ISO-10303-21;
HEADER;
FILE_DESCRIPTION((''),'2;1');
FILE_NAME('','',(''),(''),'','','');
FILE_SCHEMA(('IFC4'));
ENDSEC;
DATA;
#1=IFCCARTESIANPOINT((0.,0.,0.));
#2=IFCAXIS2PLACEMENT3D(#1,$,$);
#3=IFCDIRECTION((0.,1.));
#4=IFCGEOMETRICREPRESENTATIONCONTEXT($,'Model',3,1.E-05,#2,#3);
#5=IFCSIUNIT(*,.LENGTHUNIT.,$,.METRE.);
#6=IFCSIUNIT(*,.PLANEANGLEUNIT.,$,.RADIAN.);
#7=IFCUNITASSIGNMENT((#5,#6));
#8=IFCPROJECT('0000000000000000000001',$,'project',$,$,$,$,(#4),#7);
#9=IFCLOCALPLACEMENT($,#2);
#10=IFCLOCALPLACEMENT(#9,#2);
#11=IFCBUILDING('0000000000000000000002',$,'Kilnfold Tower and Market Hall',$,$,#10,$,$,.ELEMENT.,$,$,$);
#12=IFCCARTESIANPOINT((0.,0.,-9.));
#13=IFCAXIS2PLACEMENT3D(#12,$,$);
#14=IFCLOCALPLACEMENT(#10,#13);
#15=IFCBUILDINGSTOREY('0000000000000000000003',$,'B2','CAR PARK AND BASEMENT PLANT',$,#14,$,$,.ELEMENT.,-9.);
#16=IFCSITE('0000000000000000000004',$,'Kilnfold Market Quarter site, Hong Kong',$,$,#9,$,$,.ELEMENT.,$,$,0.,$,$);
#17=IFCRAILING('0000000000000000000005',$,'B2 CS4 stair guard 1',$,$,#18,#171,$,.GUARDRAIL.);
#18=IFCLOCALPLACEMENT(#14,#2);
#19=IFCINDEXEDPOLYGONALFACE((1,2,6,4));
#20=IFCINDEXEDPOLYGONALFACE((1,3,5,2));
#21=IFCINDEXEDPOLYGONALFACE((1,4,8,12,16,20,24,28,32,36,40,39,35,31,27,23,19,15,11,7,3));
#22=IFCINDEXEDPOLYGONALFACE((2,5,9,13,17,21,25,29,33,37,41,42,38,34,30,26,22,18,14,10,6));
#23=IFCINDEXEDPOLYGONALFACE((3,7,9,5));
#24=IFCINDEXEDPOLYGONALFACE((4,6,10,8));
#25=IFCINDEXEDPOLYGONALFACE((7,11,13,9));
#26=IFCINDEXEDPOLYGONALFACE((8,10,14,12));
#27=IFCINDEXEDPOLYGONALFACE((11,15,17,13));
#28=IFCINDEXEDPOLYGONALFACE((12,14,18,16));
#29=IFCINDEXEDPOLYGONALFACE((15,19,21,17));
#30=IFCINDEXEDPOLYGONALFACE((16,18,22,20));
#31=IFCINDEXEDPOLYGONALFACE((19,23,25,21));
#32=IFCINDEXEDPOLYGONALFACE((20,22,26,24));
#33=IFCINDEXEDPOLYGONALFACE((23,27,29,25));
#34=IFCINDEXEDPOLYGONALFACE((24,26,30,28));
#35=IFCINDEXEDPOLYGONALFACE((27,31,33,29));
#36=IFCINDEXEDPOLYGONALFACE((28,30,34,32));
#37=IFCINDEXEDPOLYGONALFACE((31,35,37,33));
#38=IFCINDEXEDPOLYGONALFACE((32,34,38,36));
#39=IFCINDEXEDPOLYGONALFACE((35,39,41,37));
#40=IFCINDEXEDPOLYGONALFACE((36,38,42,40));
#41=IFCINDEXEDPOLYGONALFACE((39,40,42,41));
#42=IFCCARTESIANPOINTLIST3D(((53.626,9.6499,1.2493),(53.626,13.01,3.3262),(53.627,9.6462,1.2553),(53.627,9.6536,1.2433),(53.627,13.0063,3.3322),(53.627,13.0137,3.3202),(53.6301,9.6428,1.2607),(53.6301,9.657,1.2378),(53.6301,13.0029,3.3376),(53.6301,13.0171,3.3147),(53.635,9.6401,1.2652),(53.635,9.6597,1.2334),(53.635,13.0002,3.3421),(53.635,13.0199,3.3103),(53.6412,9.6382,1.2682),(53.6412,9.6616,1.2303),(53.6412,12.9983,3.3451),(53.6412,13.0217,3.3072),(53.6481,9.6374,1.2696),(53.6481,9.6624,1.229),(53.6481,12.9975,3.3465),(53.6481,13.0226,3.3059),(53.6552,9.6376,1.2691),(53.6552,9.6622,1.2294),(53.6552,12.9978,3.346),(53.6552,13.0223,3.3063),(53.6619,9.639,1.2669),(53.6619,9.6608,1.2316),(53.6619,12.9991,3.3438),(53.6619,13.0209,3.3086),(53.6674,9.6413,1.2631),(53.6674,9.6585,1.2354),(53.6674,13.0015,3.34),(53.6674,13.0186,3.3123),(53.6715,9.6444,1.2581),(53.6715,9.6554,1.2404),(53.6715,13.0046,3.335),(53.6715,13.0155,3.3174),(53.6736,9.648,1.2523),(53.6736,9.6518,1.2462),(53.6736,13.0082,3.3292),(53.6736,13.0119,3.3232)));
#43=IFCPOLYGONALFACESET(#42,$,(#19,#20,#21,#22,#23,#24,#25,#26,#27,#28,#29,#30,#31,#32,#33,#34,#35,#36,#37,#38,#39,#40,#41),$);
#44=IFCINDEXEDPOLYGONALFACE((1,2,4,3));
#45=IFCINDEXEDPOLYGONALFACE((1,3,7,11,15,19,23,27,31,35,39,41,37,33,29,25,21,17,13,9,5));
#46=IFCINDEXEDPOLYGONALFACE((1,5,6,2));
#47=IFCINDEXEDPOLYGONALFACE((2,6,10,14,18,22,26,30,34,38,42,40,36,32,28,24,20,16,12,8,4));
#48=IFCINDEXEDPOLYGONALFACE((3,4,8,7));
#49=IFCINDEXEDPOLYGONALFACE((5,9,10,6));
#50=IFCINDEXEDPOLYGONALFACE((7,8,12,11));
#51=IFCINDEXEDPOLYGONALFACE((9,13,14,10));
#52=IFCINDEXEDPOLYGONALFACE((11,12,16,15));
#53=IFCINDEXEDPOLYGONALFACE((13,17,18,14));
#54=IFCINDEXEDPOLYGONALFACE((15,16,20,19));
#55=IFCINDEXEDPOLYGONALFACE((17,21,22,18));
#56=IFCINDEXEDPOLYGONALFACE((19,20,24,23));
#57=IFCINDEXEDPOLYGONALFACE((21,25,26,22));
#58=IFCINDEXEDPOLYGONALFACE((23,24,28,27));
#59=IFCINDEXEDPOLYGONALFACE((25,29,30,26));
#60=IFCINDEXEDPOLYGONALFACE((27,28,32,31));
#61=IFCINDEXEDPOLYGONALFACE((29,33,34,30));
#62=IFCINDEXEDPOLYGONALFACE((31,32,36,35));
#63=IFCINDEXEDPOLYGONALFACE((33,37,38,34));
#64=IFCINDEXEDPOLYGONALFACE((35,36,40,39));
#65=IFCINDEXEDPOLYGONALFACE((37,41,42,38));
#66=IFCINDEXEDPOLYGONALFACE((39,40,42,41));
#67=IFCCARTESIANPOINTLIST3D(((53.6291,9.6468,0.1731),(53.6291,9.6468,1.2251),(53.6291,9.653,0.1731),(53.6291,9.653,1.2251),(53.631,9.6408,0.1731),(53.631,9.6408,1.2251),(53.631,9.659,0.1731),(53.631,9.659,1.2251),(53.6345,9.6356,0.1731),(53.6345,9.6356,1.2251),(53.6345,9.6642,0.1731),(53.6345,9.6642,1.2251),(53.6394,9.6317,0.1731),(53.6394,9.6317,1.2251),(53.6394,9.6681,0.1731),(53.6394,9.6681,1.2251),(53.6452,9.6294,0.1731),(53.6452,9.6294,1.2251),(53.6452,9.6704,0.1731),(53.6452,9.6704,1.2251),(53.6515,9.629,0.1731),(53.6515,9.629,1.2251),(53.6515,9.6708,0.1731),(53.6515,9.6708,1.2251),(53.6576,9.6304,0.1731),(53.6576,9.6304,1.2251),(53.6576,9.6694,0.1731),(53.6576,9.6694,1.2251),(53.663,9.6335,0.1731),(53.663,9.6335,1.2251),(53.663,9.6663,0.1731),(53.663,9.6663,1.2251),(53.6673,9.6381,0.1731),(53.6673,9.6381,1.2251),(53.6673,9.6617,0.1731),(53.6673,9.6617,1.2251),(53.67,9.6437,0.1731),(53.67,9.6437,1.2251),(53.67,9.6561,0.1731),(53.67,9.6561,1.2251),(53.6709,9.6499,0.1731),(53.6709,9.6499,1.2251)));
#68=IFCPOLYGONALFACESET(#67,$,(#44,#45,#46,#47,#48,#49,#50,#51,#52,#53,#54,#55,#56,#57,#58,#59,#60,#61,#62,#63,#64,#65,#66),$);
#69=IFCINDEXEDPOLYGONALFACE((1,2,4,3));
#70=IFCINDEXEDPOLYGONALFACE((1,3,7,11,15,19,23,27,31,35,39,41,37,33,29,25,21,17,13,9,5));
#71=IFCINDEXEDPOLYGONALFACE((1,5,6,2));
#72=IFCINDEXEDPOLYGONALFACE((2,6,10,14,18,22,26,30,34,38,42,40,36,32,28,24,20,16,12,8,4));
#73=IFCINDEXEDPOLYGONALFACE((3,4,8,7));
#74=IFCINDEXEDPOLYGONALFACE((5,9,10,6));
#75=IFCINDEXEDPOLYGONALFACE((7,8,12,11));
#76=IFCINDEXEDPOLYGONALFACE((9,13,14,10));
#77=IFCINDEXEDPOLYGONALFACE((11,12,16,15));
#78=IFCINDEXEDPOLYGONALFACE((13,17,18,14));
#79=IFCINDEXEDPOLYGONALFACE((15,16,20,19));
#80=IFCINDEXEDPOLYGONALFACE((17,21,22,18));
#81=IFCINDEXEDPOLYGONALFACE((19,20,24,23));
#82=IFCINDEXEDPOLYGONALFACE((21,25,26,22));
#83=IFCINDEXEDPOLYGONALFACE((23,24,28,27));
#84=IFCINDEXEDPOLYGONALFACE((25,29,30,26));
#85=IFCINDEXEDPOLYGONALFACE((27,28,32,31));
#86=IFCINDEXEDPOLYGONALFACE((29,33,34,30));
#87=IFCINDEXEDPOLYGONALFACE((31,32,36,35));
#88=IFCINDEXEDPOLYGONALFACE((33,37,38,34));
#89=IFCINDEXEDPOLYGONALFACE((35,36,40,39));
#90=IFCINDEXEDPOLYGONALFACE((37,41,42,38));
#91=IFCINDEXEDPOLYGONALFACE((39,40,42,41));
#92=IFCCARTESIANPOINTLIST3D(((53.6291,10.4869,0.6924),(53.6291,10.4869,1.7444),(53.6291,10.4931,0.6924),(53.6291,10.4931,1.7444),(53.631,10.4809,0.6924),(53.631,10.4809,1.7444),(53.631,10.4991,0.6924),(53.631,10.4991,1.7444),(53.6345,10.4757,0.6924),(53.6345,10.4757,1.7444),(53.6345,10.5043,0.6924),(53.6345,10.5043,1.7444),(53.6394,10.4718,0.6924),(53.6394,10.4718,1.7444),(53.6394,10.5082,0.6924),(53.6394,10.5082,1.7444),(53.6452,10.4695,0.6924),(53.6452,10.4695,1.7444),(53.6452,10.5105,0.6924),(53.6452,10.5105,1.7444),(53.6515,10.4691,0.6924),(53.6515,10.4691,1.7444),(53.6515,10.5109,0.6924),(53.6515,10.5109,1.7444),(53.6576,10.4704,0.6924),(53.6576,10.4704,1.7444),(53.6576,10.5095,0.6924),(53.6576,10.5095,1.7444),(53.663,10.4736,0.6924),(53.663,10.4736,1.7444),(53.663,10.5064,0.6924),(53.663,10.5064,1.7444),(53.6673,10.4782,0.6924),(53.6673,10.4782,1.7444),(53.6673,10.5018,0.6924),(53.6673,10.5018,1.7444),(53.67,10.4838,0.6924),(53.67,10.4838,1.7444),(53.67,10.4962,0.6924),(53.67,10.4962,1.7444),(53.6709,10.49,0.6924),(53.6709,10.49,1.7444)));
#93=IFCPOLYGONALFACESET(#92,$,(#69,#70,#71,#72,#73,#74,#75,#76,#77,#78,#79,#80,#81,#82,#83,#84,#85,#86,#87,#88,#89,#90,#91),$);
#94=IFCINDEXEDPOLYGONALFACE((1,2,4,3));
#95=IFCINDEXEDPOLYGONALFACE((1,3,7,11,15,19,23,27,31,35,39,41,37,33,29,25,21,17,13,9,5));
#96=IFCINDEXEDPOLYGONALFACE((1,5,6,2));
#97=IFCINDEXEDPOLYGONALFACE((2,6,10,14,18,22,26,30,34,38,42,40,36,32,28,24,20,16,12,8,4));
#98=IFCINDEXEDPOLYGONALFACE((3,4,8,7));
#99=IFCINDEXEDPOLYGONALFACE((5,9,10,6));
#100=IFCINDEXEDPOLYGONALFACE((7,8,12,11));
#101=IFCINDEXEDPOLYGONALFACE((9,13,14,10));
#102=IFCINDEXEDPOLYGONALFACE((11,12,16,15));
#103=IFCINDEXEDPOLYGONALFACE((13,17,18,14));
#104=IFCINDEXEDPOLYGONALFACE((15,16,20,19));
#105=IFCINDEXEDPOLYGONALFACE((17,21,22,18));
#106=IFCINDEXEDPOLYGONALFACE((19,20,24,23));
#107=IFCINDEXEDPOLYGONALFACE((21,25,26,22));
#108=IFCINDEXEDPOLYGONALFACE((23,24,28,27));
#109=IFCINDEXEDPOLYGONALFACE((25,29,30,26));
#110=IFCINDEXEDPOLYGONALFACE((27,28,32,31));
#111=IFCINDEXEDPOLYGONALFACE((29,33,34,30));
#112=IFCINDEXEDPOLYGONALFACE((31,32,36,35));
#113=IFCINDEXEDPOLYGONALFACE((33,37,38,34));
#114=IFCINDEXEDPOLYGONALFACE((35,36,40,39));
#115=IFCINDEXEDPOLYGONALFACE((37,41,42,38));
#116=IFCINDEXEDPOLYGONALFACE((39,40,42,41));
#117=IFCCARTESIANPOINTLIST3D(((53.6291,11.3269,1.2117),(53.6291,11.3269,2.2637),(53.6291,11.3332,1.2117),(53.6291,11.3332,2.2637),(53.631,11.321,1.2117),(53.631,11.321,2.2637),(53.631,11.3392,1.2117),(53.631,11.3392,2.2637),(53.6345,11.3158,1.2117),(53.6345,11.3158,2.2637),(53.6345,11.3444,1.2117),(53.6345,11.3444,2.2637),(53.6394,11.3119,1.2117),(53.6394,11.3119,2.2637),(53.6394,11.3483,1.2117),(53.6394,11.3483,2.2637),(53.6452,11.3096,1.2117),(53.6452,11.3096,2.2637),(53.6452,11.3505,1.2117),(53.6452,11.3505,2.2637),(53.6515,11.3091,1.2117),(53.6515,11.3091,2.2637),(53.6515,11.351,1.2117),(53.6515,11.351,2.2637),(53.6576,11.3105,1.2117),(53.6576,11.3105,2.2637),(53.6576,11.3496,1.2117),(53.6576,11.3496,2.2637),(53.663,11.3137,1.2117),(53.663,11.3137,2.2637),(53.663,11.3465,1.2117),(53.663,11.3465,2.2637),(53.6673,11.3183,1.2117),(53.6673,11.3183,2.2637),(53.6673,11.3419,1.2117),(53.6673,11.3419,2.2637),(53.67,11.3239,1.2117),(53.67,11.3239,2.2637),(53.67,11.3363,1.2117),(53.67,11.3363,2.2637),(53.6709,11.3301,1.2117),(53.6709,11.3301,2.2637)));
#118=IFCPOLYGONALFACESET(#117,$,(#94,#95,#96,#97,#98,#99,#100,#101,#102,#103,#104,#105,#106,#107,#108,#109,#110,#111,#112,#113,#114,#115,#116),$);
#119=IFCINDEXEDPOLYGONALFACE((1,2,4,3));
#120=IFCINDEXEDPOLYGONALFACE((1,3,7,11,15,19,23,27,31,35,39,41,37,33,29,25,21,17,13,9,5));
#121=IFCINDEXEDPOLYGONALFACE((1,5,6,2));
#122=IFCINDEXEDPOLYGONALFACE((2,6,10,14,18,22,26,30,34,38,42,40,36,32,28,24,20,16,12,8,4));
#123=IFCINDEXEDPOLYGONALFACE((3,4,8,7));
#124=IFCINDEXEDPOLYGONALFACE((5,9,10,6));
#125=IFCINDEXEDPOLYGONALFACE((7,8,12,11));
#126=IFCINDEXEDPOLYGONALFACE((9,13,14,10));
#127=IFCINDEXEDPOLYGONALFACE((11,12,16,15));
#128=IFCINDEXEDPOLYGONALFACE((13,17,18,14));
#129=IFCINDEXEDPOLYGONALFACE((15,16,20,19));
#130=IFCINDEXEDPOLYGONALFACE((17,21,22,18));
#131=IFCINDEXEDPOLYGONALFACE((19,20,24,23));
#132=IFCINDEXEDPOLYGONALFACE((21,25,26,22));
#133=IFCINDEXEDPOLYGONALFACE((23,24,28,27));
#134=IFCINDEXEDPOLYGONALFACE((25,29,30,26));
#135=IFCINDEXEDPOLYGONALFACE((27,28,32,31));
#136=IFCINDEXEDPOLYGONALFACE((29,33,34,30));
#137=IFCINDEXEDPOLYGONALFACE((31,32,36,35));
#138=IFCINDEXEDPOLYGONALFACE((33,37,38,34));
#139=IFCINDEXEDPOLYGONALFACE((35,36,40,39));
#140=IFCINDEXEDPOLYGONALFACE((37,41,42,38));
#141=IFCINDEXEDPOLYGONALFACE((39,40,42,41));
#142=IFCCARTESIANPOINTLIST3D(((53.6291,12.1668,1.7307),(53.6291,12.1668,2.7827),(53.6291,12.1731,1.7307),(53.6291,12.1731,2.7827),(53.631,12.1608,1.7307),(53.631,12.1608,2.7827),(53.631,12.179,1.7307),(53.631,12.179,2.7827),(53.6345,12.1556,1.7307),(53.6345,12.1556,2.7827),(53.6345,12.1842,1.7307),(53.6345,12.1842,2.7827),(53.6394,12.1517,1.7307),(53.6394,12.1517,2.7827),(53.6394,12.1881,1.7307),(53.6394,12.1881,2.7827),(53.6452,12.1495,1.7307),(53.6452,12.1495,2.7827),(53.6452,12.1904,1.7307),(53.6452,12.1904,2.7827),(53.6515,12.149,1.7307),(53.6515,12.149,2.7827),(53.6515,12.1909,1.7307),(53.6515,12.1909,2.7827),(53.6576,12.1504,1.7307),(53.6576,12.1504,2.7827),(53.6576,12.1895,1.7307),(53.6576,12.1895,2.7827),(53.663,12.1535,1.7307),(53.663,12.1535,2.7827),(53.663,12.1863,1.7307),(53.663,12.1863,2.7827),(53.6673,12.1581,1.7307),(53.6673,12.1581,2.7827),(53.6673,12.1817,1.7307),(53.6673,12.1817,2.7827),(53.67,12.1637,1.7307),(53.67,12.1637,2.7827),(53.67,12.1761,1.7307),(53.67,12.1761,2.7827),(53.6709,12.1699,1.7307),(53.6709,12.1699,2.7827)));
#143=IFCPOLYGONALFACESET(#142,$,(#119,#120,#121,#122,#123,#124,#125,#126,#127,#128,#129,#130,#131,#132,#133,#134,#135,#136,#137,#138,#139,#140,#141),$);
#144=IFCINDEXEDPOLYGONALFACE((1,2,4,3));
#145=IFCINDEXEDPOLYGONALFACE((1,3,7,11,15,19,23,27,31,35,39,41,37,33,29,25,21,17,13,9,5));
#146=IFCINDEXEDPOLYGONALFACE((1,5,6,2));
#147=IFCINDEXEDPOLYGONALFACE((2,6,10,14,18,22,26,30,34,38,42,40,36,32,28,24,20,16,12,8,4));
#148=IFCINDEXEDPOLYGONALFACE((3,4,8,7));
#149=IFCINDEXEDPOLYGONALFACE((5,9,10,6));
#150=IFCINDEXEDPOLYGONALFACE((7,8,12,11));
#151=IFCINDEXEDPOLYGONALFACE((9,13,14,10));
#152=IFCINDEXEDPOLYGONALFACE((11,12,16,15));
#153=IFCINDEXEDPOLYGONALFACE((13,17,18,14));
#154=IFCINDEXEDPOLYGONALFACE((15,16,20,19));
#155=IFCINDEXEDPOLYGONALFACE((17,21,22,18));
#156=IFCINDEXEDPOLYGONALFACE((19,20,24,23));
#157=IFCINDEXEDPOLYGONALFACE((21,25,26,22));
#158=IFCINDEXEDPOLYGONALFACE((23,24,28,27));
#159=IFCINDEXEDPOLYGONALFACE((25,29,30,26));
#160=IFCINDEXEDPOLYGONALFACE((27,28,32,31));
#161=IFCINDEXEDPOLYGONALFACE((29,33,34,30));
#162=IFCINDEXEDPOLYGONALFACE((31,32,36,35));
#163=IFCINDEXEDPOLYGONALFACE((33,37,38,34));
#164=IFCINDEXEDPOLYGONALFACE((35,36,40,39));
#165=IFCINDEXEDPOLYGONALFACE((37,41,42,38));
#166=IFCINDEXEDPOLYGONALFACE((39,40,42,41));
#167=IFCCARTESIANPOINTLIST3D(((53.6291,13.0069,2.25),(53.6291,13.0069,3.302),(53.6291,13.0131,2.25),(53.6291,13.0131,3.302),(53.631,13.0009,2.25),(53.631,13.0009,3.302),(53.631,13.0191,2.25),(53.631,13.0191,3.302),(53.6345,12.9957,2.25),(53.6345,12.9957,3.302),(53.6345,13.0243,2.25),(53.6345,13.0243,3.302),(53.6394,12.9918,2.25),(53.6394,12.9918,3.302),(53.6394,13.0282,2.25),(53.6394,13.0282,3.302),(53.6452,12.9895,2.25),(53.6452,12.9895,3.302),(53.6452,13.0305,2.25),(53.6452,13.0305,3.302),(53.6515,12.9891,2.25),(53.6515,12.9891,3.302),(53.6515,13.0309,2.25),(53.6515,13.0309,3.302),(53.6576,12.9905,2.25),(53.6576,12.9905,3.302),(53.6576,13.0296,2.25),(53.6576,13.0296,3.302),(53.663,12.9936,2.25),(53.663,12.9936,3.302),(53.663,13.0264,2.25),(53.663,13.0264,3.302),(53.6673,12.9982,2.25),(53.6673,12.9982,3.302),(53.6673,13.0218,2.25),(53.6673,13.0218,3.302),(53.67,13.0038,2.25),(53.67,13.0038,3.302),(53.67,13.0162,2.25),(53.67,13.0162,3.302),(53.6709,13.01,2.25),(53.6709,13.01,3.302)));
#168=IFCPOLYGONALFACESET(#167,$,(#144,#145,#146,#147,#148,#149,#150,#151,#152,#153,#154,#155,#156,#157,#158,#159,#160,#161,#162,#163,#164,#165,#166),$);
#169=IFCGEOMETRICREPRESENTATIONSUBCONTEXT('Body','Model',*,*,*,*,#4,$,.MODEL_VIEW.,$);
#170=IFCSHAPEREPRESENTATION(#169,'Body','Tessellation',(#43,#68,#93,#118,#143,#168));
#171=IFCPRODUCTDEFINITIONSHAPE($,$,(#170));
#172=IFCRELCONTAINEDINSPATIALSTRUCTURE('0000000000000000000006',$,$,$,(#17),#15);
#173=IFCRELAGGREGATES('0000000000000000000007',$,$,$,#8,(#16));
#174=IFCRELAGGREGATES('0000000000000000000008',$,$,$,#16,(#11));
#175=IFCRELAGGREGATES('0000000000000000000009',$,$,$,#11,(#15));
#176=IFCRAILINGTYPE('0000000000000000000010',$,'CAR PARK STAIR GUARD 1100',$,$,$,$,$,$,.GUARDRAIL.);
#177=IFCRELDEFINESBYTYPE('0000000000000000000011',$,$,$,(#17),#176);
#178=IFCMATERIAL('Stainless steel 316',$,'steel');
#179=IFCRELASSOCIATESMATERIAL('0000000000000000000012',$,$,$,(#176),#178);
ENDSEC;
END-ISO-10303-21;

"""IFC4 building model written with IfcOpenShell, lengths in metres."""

from ifc_helpers import new_model, si_unit, direction, frame, origin, origin_2d, place, context, subcontext, project, spatial, circle, extrude, material, type_object, element, save


model = new_model("IFC4")

# Units and contexts
model_context = context("Model", 3, precision=1e-05, world=origin(), true_north=direction((0.0, 1.0)))
body_context = subcontext(model_context, "Body", "Model", "MODEL_VIEW")
ifc_project = project(units=[si_unit("LENGTHUNIT", "METRE"), si_unit("PLANEANGLEUNIT", "RADIAN")], contexts=[model_context])

# Site, building, storey
site_placement = place(None, origin())
site = spatial("IfcSite", under=ifc_project, at=site_placement, Name="Kilnfold Market Quarter site, Hong Kong", CompositionType="ELEMENT", RefElevation=0.0)
building_placement = place(site_placement, origin())
building = spatial("IfcBuilding", under=site, at=building_placement, Name="Kilnfold Tower and Market Hall", CompositionType="ELEMENT")
storey_placement = place(building_placement, frame((0.0, 0.0, -9.0)))
storey = spatial("IfcBuildingStorey", under=building, at=storey_placement, Name="B2", Description="CAR PARK AND BASEMENT PLANT", CompositionType="ELEMENT", Elevation=-9.0)

# Railing
ifc_material_1 = material(Name="Stainless steel 316", Category="steel")
railing_type_1 = type_object("IfcRailingType", Name="CAR PARK STAIR GUARD 1100", PredefinedType="GUARDRAIL", material=ifc_material_1)
railing_1_placement = place(storey_placement, frame((53.6499, 9.6499, 0.1731)))
element("IfcRailing", 1, at=railing_1_placement, inside=storey, type_object=railing_type_1, Name="B2 CS4 stair guard 1", PredefinedType="GUARDRAIL", context=body_context, shape_type="SweptSolid", body=[
    extrude(circle(Radius=0.0239, at=origin_2d()), frame((0.0, 0.0, 1.0762), z_axis=(0.0, 0.850623, 0.525776), x_axis=(-1.0, 0.0, 0.0)), (0.0, 0.0, 1.0), 3.9502),
    extrude(circle(Radius=0.021, at=origin_2d()), origin(), (0.0, 0.0, 1.0), 1.052),
    extrude(circle(Radius=0.021, at=origin_2d()), frame((0.0, 0.8401, 0.5193)), (0.0, 0.0, 1.0), 1.052),
    extrude(circle(Radius=0.021, at=origin_2d()), frame((0.0, 1.6802, 1.0386)), (0.0, 0.0, 1.0), 1.052),
    extrude(circle(Radius=0.021, at=origin_2d()), frame((0.0, 2.52, 1.5576)), (0.0, 0.0, 1.0), 1.052),
    extrude(circle(Radius=0.021, at=origin_2d()), frame((0.0, 3.3601, 2.0769)), (0.0, 0.0, 1.0), 1.052),
])

save(model, "model.ifc")
